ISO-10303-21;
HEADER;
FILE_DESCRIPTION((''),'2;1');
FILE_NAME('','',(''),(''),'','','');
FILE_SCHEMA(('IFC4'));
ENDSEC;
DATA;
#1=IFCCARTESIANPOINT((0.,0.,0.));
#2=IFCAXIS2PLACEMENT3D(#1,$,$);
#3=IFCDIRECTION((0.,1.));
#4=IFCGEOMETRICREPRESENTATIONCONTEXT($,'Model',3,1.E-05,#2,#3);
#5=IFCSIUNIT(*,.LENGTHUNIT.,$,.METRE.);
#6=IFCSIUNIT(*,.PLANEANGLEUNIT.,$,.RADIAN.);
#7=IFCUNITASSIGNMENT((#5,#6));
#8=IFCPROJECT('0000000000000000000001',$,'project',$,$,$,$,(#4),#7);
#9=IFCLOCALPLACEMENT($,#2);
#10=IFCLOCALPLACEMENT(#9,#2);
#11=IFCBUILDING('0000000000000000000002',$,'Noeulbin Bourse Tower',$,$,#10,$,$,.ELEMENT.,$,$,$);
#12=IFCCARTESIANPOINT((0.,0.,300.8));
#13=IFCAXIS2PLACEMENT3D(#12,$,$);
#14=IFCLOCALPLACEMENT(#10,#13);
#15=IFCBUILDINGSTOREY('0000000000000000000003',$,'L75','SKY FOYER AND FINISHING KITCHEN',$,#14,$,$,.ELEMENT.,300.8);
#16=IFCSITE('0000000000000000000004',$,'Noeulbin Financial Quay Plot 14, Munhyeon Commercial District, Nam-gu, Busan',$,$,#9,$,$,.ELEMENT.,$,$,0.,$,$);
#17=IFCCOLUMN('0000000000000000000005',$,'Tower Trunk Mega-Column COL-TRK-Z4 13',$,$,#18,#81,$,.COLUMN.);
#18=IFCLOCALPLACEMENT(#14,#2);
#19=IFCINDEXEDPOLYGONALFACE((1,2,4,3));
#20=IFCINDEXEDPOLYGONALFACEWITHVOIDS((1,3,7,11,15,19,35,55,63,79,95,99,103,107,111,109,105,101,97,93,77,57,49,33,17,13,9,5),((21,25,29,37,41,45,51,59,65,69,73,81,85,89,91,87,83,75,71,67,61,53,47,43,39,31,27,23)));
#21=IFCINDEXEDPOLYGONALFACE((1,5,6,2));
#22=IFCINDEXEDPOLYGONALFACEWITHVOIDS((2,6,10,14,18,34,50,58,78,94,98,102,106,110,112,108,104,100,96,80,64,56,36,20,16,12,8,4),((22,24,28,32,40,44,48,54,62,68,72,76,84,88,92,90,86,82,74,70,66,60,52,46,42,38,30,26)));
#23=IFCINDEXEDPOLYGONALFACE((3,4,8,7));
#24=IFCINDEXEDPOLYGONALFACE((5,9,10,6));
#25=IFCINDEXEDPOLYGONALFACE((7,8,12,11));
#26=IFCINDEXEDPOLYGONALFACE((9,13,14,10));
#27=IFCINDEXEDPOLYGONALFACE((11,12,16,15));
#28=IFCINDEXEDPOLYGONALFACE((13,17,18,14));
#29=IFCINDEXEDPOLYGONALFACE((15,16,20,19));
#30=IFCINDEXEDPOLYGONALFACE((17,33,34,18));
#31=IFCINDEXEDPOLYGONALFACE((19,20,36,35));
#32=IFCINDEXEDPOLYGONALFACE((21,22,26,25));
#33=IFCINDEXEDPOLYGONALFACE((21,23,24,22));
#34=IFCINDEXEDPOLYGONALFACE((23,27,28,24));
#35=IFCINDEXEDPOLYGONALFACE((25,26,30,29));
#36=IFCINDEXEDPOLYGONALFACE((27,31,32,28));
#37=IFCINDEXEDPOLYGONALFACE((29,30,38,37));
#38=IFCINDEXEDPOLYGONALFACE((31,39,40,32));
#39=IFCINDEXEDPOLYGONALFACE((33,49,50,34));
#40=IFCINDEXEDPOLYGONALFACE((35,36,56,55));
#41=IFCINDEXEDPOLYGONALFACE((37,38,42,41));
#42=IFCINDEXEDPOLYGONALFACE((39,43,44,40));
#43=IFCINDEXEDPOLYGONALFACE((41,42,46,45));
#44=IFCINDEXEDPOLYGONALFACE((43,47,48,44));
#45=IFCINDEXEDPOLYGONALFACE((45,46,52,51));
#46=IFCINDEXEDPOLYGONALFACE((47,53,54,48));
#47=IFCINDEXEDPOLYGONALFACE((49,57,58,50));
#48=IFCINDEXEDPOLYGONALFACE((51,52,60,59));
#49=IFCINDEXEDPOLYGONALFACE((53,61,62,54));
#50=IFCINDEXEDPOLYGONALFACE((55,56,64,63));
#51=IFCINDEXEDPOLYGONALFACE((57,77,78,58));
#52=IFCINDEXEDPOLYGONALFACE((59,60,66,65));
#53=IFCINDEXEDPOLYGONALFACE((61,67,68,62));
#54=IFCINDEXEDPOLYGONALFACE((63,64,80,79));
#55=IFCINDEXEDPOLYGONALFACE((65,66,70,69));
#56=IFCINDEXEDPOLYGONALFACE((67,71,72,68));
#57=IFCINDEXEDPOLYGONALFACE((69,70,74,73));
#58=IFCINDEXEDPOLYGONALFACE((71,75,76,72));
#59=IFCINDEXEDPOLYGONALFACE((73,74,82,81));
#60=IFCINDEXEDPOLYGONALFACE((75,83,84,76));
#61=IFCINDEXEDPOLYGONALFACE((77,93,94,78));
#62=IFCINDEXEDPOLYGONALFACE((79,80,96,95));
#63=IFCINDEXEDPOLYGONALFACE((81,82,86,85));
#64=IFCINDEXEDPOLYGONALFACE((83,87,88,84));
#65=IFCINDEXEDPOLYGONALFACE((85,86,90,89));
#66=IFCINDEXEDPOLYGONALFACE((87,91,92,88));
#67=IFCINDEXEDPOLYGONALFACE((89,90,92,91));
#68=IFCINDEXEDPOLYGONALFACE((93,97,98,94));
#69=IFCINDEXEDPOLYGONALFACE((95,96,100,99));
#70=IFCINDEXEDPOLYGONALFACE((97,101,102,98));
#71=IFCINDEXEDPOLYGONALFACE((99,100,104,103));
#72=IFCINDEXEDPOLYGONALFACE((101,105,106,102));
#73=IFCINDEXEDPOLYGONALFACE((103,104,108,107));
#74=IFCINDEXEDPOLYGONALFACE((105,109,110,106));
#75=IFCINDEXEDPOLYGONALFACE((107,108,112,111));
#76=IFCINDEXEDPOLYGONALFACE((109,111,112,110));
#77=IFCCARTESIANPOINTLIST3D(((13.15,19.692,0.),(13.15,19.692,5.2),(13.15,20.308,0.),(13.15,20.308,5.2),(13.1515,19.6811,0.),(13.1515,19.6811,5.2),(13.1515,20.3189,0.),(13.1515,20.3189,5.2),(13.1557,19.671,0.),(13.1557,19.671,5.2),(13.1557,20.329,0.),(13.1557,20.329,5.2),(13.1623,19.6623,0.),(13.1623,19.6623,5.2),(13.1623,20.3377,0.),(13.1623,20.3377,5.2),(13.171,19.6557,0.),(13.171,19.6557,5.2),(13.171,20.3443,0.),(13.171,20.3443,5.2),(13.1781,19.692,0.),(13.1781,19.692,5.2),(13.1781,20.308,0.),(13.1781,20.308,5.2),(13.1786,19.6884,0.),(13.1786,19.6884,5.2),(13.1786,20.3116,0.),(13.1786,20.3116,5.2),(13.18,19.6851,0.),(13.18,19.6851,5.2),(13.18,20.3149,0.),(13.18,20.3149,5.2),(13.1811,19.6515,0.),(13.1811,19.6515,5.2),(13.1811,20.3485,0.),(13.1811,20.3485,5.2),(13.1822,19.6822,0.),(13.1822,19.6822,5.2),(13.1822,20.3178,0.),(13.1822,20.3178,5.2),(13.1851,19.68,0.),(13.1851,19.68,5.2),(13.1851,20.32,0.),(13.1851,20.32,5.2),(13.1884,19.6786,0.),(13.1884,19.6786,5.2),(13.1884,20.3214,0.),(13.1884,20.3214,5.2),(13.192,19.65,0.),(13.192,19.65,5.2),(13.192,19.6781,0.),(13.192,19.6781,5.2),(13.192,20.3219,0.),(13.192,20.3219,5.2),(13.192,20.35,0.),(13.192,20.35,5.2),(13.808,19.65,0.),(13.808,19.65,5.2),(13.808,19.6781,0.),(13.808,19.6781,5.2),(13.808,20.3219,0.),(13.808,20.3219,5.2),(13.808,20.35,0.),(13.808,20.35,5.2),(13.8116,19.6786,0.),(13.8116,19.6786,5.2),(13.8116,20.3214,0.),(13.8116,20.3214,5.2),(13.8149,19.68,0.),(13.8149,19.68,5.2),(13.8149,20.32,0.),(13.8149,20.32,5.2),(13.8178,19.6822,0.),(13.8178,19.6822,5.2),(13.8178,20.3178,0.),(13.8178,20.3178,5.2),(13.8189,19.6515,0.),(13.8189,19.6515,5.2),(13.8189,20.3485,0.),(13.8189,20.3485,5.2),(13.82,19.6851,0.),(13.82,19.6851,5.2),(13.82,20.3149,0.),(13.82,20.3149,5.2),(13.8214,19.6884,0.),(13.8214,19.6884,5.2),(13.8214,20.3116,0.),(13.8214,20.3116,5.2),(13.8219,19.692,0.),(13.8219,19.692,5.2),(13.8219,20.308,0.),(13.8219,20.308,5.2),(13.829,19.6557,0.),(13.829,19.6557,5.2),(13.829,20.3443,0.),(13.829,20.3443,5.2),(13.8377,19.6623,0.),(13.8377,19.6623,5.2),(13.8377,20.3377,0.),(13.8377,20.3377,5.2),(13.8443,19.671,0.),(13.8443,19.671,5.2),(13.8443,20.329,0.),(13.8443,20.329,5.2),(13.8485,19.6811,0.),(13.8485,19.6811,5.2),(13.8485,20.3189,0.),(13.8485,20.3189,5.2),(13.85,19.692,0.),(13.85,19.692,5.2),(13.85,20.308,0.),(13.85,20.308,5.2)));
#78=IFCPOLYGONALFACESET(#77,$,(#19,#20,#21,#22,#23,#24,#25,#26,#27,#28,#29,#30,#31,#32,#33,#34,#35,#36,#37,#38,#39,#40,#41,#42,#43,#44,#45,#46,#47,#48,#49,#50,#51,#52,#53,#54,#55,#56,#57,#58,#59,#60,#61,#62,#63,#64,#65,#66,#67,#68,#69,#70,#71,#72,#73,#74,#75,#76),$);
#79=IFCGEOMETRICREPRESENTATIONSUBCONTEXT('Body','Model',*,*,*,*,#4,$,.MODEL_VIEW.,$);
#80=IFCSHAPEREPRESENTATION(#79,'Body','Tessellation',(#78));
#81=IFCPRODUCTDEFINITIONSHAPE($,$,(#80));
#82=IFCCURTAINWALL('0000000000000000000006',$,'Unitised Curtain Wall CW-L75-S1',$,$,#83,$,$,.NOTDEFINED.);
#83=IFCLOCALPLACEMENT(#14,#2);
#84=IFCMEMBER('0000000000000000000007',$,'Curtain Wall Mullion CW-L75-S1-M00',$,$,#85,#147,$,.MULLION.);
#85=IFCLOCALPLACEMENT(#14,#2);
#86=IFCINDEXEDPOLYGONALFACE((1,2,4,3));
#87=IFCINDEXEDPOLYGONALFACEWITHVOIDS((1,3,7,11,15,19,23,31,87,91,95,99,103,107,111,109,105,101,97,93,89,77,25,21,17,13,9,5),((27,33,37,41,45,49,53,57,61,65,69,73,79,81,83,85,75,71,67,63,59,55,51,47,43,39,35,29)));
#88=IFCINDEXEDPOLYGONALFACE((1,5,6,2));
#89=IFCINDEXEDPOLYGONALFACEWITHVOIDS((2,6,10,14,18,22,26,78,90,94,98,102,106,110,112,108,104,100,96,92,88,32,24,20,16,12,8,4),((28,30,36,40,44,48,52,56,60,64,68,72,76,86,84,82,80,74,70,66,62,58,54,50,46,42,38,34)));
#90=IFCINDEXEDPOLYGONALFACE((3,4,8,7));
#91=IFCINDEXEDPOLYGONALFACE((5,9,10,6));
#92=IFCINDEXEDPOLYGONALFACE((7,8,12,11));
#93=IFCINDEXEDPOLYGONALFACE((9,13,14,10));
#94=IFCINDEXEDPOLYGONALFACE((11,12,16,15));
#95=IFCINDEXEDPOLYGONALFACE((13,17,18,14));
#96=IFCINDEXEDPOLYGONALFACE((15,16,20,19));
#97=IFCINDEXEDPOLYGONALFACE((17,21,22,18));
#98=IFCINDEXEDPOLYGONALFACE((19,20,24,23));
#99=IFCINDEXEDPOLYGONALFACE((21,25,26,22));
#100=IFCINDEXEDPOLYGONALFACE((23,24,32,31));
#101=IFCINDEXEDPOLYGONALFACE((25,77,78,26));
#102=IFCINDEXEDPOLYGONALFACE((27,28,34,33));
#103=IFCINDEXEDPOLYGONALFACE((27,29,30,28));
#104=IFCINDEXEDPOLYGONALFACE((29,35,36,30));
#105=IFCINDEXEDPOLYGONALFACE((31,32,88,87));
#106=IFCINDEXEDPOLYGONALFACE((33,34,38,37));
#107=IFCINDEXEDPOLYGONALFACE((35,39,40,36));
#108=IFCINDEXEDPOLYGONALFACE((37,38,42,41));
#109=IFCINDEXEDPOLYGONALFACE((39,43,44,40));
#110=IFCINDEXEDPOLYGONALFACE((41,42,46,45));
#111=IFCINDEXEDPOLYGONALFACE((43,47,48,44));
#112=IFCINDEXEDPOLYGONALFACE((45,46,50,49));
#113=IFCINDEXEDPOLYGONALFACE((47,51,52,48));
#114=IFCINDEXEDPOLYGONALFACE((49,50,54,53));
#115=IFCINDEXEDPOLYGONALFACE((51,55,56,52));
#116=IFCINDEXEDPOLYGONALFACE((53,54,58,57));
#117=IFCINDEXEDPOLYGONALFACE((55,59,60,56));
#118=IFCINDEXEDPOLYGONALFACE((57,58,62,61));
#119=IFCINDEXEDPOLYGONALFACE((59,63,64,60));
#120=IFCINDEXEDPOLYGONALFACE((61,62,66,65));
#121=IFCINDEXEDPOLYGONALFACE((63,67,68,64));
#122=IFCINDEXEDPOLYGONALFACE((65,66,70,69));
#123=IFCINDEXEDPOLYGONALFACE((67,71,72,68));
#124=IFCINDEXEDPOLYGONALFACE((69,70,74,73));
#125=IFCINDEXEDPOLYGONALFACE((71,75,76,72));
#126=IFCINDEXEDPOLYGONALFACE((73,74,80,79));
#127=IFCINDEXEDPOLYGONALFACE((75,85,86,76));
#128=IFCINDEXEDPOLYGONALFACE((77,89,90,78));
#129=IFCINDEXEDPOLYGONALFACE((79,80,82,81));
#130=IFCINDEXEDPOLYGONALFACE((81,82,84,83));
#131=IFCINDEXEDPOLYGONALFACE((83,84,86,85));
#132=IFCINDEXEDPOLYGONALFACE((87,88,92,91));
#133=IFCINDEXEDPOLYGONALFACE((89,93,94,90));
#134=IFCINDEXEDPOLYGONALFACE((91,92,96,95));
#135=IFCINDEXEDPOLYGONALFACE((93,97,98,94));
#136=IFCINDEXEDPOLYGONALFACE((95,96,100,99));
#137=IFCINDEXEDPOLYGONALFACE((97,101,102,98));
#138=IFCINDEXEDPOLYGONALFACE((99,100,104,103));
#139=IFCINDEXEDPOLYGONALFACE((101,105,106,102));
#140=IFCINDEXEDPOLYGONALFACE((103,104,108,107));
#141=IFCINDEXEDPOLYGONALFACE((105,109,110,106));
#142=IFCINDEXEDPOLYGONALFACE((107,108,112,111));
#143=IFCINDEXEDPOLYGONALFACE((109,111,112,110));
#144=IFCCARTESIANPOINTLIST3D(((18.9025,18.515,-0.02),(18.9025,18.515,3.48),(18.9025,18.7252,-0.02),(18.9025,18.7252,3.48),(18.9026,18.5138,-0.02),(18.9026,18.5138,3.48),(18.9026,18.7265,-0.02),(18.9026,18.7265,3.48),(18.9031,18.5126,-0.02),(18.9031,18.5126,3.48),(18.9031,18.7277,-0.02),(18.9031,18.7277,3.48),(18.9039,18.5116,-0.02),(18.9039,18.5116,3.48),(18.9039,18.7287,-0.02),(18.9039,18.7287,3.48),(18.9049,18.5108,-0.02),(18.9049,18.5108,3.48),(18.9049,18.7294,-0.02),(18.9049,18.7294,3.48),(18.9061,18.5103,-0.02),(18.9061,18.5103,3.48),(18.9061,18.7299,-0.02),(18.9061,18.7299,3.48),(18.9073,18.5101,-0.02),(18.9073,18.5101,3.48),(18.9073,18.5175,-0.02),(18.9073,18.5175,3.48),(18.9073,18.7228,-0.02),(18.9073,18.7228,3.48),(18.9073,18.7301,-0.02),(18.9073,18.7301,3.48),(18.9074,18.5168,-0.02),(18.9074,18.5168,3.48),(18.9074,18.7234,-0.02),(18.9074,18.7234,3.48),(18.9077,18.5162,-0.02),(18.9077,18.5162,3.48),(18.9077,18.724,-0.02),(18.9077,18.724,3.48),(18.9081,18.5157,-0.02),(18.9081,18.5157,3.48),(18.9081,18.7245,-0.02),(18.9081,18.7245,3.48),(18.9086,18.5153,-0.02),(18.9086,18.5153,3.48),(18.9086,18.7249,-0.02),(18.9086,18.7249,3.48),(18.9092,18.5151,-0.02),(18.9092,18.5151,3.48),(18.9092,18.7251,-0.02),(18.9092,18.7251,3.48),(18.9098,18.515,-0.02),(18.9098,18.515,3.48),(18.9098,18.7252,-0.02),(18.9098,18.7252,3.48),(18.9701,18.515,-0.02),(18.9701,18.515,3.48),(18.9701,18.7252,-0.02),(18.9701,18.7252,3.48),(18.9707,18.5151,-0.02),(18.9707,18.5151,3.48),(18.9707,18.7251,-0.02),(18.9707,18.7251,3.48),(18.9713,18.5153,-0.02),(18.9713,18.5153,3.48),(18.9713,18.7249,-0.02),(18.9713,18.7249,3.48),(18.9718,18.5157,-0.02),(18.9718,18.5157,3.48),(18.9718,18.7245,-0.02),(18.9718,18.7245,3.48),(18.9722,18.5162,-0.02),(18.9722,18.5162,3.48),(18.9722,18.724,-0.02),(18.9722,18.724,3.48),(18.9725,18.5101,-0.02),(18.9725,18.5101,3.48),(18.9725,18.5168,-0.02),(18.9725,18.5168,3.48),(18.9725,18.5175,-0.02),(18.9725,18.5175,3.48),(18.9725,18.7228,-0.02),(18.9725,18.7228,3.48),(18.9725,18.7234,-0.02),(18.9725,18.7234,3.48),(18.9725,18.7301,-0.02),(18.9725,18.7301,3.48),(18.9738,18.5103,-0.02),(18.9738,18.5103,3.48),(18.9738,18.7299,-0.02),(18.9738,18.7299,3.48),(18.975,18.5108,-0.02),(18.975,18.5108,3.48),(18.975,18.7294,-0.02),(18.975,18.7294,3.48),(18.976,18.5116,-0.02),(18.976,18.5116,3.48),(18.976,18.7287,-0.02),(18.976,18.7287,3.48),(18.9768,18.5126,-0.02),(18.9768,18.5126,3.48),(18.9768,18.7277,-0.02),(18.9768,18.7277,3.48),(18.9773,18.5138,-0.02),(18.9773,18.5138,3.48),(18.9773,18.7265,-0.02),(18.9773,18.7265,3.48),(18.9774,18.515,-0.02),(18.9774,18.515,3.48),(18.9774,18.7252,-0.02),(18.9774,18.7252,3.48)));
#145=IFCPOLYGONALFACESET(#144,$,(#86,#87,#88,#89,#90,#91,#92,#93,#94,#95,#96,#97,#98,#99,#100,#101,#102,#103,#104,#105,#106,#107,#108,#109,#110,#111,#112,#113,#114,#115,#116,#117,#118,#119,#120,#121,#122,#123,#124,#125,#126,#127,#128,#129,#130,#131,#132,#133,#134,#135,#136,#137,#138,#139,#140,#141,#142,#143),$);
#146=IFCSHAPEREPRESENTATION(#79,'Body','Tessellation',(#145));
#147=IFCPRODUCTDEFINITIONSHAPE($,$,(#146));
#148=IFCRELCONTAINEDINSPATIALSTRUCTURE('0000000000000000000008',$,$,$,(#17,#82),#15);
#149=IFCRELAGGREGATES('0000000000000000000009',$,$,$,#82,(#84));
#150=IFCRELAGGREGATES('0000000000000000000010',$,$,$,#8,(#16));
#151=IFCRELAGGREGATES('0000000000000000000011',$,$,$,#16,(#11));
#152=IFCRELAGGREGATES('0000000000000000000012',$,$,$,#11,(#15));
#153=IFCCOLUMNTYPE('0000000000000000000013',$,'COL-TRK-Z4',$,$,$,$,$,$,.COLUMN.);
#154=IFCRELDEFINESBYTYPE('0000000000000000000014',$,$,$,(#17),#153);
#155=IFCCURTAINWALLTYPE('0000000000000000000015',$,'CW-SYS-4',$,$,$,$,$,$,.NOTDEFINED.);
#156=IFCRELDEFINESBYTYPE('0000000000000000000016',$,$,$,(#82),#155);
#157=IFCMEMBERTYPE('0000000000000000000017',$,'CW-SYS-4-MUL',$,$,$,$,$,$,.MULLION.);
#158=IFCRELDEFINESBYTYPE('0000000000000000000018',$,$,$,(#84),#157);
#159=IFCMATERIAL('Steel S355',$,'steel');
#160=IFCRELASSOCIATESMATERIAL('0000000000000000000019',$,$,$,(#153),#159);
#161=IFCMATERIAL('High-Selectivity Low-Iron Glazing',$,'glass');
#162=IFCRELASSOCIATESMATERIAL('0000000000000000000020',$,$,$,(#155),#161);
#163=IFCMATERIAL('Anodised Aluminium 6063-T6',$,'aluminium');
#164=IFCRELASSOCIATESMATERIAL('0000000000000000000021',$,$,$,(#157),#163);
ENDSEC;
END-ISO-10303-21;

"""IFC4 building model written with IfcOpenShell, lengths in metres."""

from ifc_helpers import new_model, si_unit, direction, frame, origin, origin_2d, place, context, subcontext, project, spatial, hollow_rectangle, extrude, material, material_profile, profile_set, type_object, element, aggregate, save


model = new_model("IFC4")

# Units and contexts
model_context = context("Model", 3, precision=1e-05, world=origin(), true_north=direction((0.0, 1.0)))
body_context = subcontext(model_context, "Body", "Model", "MODEL_VIEW")
ifc_project = project(units=[si_unit("LENGTHUNIT", "METRE"), si_unit("PLANEANGLEUNIT", "RADIAN")], contexts=[model_context])

# Site, building, storey
site_placement = place(None, origin())
site = spatial("IfcSite", under=ifc_project, at=site_placement, Name="Noeulbin Financial Quay Plot 14, Munhyeon Commercial District, Nam-gu, Busan", CompositionType="ELEMENT", RefElevation=0.0)
building_placement = place(site_placement, origin())
building = spatial("IfcBuilding", under=site, at=building_placement, Name="Noeulbin Bourse Tower", CompositionType="ELEMENT")
storey_placement = place(building_placement, frame((0.0, 0.0, 300.8)))
storey = spatial("IfcBuildingStorey", under=building, at=storey_placement, Name="L75", Description="SKY FOYER AND FINISHING KITCHEN", CompositionType="ELEMENT", Elevation=300.8)

# Column
ifc_material_1 = material(Name="Steel S355", Category="steel")
ifc_material_profile_1 = material_profile(ifc_material_1, hollow_rectangle(XDim=0.7, YDim=0.7, WallThickness=0.0281, InnerFilletRadius=0.0139, OuterFilletRadius=0.042, at=origin_2d()), Name="BOX-700x700x28", Category="LoadBearing")
ifc_profile_set_1 = profile_set([ifc_material_profile_1], Name="Steel S355")
column_type = type_object("IfcColumnType", Name="COL-TRK-Z4", PredefinedType="COLUMN", material=ifc_profile_set_1)
column_placement = place(storey_placement, frame((13.5, 20.0, 0.0), z_axis=(0.0, 0.0, 1.0), x_axis=(1.0, 0.0, 0.0)))
element("IfcColumn", 1, at=column_placement, inside=storey, type_object=column_type, Name="Tower Trunk Mega-Column COL-TRK-Z4 13", PredefinedType="COLUMN", context=body_context, shape_type="SweptSolid", body=[
    extrude(hollow_rectangle(XDim=0.7, YDim=0.7, WallThickness=0.0281, InnerFilletRadius=0.0139, OuterFilletRadius=0.042, at=origin_2d()), origin(), (0.0, 0.0, 1.0), 5.2),
])

# Curtain wall, member
ifc_material_2 = material(Name="High-Selectivity Low-Iron Glazing", Category="glass")
curtain_wall_type = type_object("IfcCurtainWallType", Name="CW-SYS-4", PredefinedType="NOTDEFINED", material=ifc_material_2)
curtain_wall_placement = place(storey_placement, origin())
curtain_wall = element("IfcCurtainWall", 2, at=curtain_wall_placement, inside=storey, type_object=curtain_wall_type, Name="Unitised Curtain Wall CW-L75-S1", PredefinedType="NOTDEFINED")
ifc_material_3 = material(Name="Anodised Aluminium 6063-T6", Category="aluminium")
ifc_material_profile_2 = material_profile(ifc_material_3, hollow_rectangle(XDim=0.075, YDim=0.22, WallThickness=0.0049, InnerFilletRadius=0.0024, OuterFilletRadius=0.0049, at=origin_2d()), Name="ALU-MULL-75x220x5", Category="LoadBearing")
ifc_profile_set_2 = profile_set([ifc_material_profile_2], Name="Anodised Aluminium 6063-T6")
member_type_1 = type_object("IfcMemberType", Name="CW-SYS-4-MUL", PredefinedType="MULLION", material=ifc_profile_set_2)
member_1_placement = place(storey_placement, frame((18.9399, 18.6201, -0.02), z_axis=(0.0, 0.0, 1.0), x_axis=(1.0, 0.0, 0.0)))
member_1 = element("IfcMember", 3, at=member_1_placement, type_object=member_type_1, Name="Curtain Wall Mullion CW-L75-S1-M00", PredefinedType="MULLION", context=body_context, shape_type="SweptSolid", body=[
    extrude(hollow_rectangle(XDim=0.075, YDim=0.22, WallThickness=0.0049, InnerFilletRadius=0.0024, OuterFilletRadius=0.0049, at=origin_2d()), origin(), (0.0, 0.0, 1.0), 3.5),
])
aggregate(curtain_wall, [member_1])

save(model, "model.ifc")
